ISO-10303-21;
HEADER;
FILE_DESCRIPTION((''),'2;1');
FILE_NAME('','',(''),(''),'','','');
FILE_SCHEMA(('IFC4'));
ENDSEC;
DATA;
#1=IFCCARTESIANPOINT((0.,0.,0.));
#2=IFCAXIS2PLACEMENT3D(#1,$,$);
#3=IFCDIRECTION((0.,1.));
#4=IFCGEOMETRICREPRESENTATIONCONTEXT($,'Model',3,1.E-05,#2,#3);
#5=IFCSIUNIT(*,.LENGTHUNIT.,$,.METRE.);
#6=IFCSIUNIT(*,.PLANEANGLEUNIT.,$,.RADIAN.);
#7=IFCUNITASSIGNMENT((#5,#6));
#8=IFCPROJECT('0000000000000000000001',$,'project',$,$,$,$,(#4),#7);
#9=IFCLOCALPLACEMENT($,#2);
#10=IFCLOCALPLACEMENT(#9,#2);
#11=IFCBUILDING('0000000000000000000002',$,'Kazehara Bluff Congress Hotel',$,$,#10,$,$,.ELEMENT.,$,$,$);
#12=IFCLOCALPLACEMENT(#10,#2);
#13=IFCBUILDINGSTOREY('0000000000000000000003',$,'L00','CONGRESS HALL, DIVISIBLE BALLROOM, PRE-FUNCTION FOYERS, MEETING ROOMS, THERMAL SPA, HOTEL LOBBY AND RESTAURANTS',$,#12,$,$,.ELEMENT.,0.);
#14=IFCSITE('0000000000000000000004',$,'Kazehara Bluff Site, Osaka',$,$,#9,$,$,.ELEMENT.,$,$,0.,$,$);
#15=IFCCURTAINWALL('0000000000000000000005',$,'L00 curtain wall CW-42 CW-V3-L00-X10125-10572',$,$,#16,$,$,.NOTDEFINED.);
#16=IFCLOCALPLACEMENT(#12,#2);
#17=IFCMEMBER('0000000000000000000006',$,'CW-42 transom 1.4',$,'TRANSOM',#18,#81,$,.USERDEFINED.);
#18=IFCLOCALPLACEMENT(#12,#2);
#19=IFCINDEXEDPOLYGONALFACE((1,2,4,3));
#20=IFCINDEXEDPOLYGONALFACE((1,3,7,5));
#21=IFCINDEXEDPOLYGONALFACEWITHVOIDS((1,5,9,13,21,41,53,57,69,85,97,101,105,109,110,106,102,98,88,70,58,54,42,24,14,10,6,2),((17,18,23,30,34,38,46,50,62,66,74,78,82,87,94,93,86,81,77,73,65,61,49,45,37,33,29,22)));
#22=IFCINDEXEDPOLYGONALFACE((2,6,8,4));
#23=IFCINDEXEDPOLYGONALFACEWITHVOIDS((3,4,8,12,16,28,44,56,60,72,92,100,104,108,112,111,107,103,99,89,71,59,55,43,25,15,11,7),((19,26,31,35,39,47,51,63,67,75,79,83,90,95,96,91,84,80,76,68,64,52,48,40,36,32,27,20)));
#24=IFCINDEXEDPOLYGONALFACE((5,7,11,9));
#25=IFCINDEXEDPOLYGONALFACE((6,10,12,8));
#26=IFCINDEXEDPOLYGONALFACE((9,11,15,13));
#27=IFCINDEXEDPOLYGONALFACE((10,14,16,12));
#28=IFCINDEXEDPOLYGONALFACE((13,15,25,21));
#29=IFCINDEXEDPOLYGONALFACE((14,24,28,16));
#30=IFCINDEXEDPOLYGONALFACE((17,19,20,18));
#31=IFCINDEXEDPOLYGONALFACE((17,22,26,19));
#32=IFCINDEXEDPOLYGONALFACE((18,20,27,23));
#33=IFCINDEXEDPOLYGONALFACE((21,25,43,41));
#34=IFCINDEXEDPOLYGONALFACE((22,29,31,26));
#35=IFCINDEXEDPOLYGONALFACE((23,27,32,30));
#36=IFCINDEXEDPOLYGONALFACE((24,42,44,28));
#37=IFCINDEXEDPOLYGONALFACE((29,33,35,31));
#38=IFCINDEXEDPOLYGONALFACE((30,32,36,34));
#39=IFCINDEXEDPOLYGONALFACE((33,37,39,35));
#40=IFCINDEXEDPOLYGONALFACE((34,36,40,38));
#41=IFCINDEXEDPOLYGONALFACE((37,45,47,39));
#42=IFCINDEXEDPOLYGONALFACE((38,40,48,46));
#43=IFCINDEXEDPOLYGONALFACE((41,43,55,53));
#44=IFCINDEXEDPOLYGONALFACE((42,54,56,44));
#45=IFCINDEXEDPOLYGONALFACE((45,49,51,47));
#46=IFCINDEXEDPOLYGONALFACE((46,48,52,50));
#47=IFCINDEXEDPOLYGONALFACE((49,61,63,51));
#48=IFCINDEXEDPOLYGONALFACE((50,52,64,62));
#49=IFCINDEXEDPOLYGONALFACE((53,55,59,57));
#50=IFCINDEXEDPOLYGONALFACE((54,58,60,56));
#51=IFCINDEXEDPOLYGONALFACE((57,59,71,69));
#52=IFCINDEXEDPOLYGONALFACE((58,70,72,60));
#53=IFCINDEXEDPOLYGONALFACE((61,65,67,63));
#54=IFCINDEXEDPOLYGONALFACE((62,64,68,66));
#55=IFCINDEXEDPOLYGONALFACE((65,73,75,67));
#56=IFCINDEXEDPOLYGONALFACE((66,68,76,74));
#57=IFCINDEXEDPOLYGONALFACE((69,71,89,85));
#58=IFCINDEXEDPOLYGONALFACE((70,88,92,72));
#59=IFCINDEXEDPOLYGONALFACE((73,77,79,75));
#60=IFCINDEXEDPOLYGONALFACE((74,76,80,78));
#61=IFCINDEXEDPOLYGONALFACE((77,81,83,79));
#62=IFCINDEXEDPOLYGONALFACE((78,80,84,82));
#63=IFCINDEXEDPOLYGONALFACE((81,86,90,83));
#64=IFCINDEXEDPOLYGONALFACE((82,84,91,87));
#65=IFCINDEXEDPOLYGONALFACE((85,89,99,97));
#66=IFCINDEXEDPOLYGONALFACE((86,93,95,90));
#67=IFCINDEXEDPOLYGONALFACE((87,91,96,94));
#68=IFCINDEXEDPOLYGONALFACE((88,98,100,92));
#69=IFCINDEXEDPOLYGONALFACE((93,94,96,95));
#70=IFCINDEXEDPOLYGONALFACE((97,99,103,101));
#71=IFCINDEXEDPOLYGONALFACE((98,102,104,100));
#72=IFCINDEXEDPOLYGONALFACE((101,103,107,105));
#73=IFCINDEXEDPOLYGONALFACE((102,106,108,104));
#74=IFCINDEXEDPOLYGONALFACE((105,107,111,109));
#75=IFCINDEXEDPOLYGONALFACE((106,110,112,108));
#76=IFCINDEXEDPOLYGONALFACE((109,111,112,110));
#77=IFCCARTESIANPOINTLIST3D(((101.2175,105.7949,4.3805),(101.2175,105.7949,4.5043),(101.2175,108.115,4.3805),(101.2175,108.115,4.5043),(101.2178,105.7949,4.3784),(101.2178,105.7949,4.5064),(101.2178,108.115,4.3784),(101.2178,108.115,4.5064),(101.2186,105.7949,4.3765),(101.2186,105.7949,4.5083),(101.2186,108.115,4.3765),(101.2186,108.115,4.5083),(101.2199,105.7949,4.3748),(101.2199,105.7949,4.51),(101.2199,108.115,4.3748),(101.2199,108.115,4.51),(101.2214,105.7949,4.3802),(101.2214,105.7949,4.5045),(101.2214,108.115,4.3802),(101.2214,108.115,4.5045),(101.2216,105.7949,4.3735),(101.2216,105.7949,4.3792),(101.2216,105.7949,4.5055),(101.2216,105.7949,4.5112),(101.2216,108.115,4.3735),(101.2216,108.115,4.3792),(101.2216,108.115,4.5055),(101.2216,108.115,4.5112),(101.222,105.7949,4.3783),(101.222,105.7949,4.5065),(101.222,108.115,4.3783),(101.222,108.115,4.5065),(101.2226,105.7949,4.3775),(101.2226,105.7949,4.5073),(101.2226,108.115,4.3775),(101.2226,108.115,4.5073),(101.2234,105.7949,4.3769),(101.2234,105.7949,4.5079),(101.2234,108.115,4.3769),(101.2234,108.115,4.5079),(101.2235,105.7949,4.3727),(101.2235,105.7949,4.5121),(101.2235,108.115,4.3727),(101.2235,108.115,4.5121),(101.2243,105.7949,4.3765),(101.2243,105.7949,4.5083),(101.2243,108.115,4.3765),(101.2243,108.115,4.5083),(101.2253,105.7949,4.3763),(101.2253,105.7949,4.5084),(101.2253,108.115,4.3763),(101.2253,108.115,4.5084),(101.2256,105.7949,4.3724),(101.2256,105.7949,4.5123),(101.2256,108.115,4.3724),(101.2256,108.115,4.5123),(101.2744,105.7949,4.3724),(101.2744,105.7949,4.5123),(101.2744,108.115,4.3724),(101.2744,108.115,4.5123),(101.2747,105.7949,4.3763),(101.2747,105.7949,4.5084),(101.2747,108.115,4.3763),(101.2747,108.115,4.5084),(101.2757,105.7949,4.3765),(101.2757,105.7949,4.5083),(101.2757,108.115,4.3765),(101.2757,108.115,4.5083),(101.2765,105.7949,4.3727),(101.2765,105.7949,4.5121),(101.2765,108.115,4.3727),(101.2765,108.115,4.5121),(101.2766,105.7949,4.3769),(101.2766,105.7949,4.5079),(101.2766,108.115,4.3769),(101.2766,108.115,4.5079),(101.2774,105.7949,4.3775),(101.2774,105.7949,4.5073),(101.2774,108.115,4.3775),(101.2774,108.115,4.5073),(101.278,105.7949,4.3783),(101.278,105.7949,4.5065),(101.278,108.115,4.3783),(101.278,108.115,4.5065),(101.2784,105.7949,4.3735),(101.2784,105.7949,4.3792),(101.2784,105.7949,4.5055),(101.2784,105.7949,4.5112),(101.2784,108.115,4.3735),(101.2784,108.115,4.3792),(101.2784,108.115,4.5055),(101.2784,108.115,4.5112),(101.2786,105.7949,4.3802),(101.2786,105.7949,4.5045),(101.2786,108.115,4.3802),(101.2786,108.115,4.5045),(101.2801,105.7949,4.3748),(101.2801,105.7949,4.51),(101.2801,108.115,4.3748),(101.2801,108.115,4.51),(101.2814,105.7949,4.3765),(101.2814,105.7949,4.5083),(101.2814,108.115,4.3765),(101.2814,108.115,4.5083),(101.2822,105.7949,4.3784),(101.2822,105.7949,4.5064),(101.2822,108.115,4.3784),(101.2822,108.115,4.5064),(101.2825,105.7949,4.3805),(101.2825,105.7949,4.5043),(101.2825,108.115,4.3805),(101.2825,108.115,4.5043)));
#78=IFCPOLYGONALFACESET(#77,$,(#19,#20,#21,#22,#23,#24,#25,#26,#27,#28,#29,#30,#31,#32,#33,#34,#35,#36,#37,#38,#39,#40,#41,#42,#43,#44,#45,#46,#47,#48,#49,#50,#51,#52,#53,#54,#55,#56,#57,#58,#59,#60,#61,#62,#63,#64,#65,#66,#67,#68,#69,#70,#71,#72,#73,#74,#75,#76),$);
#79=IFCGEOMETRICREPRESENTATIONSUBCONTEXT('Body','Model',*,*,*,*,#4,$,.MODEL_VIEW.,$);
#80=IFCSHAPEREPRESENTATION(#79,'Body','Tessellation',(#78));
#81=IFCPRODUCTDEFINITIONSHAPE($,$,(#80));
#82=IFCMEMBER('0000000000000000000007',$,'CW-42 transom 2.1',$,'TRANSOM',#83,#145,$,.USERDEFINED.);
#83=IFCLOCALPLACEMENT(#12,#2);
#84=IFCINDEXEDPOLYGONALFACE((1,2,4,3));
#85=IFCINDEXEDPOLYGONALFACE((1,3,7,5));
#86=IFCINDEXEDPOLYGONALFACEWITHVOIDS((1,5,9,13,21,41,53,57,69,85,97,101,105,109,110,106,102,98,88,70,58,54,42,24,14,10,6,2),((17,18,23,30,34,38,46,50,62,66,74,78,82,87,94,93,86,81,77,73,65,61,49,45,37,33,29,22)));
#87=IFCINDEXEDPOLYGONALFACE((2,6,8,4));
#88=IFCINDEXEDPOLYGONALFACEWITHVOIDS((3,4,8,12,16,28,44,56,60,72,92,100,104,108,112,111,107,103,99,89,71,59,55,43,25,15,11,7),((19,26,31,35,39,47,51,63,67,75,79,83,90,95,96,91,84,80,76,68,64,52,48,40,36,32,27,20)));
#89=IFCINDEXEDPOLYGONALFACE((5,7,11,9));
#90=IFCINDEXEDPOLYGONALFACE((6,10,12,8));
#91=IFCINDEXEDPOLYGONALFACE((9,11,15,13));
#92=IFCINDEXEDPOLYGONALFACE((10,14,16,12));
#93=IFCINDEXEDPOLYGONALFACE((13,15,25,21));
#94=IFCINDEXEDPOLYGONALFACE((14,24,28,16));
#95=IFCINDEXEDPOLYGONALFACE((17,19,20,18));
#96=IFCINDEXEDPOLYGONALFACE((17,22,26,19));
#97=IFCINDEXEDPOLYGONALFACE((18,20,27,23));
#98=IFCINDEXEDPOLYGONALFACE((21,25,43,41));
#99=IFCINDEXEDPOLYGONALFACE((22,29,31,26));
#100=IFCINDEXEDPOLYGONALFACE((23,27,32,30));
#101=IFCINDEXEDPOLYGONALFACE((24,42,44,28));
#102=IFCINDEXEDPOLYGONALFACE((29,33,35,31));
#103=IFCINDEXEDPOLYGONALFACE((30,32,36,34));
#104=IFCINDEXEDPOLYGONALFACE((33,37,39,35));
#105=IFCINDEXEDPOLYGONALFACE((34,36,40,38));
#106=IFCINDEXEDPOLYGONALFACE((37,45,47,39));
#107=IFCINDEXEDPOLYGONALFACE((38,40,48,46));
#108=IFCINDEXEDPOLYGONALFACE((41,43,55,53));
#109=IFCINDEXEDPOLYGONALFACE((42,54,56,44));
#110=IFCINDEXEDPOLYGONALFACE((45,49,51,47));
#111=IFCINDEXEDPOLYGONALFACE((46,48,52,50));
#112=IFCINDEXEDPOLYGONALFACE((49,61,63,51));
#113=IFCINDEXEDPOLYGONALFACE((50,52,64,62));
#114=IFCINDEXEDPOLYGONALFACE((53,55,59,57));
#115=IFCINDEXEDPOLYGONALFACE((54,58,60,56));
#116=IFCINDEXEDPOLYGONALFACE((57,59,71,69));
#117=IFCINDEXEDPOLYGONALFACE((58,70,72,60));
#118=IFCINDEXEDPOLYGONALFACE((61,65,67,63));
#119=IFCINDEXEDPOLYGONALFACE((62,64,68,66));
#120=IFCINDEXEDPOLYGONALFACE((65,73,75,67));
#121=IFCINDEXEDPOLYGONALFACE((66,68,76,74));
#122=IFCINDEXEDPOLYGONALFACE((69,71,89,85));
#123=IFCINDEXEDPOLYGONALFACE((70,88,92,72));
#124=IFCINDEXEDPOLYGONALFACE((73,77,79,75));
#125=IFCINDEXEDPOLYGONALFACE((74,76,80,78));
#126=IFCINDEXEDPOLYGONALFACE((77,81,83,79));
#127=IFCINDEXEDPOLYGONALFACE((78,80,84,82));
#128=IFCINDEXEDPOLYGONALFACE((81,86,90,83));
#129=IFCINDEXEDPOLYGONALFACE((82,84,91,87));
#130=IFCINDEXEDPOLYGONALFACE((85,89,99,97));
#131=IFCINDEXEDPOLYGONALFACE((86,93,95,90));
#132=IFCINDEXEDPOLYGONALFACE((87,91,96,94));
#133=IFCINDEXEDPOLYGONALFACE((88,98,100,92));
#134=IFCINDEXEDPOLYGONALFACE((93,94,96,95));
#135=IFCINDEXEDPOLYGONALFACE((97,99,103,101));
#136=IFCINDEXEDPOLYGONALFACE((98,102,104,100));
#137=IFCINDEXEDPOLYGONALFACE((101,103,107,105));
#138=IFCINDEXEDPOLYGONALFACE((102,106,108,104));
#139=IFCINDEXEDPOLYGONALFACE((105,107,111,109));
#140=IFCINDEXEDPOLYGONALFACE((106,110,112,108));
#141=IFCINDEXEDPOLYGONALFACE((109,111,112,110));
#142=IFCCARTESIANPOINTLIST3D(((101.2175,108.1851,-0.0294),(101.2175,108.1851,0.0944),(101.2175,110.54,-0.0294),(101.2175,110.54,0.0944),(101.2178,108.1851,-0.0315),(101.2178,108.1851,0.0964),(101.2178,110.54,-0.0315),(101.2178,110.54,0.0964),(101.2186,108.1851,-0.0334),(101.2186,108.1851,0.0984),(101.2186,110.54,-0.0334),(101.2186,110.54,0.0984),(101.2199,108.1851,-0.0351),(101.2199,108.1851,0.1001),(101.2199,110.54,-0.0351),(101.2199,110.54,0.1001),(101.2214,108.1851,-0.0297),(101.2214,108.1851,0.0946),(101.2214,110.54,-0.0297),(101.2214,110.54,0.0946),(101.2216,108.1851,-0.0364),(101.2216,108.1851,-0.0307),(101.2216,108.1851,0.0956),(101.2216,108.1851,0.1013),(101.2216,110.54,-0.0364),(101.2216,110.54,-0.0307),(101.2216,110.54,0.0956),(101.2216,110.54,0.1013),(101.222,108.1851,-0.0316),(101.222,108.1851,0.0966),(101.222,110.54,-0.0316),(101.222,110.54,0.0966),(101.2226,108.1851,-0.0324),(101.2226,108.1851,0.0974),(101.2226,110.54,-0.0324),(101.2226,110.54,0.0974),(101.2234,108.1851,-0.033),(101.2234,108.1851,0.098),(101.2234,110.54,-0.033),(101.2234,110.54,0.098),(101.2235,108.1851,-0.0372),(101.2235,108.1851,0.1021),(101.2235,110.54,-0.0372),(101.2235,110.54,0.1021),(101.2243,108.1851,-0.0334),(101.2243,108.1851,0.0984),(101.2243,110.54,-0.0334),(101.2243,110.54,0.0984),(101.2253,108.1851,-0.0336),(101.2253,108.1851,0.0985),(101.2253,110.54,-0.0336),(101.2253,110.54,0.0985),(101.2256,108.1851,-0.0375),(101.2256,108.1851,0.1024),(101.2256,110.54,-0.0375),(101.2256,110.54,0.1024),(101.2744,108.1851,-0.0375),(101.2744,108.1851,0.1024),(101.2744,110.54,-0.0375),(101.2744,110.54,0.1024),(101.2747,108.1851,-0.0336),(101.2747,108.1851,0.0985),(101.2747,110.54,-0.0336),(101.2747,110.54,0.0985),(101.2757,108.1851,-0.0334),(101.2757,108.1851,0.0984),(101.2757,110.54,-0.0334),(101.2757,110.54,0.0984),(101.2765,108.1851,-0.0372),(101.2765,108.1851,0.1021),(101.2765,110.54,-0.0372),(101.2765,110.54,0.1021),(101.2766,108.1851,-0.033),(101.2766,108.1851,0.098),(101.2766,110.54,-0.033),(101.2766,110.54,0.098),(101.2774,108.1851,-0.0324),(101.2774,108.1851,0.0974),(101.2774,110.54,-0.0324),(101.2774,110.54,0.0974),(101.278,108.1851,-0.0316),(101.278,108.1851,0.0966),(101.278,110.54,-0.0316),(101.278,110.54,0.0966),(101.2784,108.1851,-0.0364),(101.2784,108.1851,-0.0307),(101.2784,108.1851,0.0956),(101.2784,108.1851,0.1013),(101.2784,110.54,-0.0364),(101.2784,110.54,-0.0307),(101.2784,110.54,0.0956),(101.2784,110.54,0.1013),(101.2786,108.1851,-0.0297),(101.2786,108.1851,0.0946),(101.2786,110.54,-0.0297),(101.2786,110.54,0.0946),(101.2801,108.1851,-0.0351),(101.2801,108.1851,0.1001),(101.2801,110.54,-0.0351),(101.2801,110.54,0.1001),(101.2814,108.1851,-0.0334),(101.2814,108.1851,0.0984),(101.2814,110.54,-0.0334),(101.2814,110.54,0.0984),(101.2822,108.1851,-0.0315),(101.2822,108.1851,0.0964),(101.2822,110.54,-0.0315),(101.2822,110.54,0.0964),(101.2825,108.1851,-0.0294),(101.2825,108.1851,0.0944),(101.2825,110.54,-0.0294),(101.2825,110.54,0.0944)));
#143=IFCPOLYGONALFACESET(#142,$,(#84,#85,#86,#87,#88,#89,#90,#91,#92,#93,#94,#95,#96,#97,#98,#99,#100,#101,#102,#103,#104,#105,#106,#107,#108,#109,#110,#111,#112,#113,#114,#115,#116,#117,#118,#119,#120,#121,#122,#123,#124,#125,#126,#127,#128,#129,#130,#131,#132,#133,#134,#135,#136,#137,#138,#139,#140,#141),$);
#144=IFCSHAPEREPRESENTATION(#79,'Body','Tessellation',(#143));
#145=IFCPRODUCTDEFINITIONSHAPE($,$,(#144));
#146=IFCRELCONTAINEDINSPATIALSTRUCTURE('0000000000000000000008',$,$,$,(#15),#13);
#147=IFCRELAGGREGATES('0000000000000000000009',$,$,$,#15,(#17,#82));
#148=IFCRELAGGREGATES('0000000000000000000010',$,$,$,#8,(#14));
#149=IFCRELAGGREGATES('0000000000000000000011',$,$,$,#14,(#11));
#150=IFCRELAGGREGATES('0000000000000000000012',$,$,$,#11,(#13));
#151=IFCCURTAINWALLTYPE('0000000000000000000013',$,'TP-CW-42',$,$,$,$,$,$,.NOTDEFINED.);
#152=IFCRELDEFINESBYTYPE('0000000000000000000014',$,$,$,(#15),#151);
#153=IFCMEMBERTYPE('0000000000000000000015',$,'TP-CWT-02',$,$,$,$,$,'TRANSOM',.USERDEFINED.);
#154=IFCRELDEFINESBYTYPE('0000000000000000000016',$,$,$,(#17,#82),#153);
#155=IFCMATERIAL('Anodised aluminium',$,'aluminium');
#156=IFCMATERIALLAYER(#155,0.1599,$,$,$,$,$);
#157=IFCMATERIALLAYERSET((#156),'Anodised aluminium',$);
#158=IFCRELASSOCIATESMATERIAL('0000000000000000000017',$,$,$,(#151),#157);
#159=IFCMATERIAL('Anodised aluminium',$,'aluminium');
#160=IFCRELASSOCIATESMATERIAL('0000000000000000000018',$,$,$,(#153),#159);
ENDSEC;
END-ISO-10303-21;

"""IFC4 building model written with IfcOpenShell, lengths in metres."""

from ifc_helpers import new_model, si_unit, direction, frame, origin, origin_2d, place, context, subcontext, project, spatial, hollow_rectangle, extrude, material, layer, layer_set, material_profile, profile_set, type_object, element, aggregate, save


model = new_model("IFC4")

# Units and contexts
model_context = context("Model", 3, precision=1e-05, world=origin(), true_north=direction((0.0, 1.0)))
body_context = subcontext(model_context, "Body", "Model", "MODEL_VIEW")
ifc_project = project(units=[si_unit("LENGTHUNIT", "METRE"), si_unit("PLANEANGLEUNIT", "RADIAN")], contexts=[model_context])

# Site, building, storey
site_placement = place(None, origin())
site = spatial("IfcSite", under=ifc_project, at=site_placement, Name="Kazehara Bluff Site, Osaka", CompositionType="ELEMENT", RefElevation=0.0)
building_placement = place(site_placement, origin())
building = spatial("IfcBuilding", under=site, at=building_placement, Name="Kazehara Bluff Congress Hotel", CompositionType="ELEMENT")
storey_placement = place(building_placement, origin())
storey = spatial("IfcBuildingStorey", under=building, at=storey_placement, Name="L00", Description="CONGRESS HALL, DIVISIBLE BALLROOM, PRE-FUNCTION FOYERS, MEETING ROOMS, THERMAL SPA, HOTEL LOBBY AND RESTAURANTS", CompositionType="ELEMENT", Elevation=0.0)

# Curtain wall
ifc_material_1 = material(Name="Anodised aluminium", Category="aluminium")
ifc_layer_1 = layer(ifc_material_1, 0.1599)
ifc_layer_set_1 = layer_set([ifc_layer_1], Name="Anodised aluminium")
curtain_wall_type_1 = type_object("IfcCurtainWallType", Name="TP-CW-42", PredefinedType="NOTDEFINED", material=ifc_layer_set_1)
curtain_wall_1_placement = place(storey_placement, origin())
curtain_wall_1 = element("IfcCurtainWall", 1, at=curtain_wall_1_placement, inside=storey, type_object=curtain_wall_type_1, Name="L00 curtain wall CW-42 CW-V3-L00-X10125-10572", PredefinedType="NOTDEFINED")

# Members
ifc_material_2 = material(Name="Anodised aluminium", Category="aluminium")
ifc_material_profile_1 = material_profile(ifc_material_2, hollow_rectangle(XDim=0.0649, YDim=0.1399, WallThickness=0.0039, InnerFilletRadius=0.0039, OuterFilletRadius=0.0081, at=origin_2d()))
ifc_profile_set_1 = profile_set([ifc_material_profile_1], Name="Anodised aluminium")
member_type_1 = type_object("IfcMemberType", Name="TP-CWT-02", ElementType="TRANSOM", PredefinedType="USERDEFINED", material=ifc_profile_set_1)
member_1_placement = place(storey_placement, frame((101.25, 105.7949, 4.4424), z_axis=(0.0, 1.0, 0.0), x_axis=(-1.0, 0.0, 0.0)))
member_1 = element("IfcMember", 2, at=member_1_placement, type_object=member_type_1, Name="CW-42 transom 1.4", ObjectType="TRANSOM", PredefinedType="USERDEFINED", context=body_context, shape_type="SweptSolid", body=[
    extrude(hollow_rectangle(XDim=0.0649, YDim=0.1399, WallThickness=0.0039, InnerFilletRadius=0.0039, OuterFilletRadius=0.0081, at=origin_2d()), origin(), (0.0, 0.0, 1.0), 2.3201),
])
member_2_placement = place(storey_placement, frame((101.25, 108.1851, 0.0325), z_axis=(0.0, 1.0, 0.0), x_axis=(-1.0, 0.0, 0.0)))
member_2 = element("IfcMember", 3, at=member_2_placement, type_object=member_type_1, Name="CW-42 transom 2.1", ObjectType="TRANSOM", PredefinedType="USERDEFINED", context=body_context, shape_type="SweptSolid", body=[
    extrude(hollow_rectangle(XDim=0.0649, YDim=0.1399, WallThickness=0.0039, InnerFilletRadius=0.0039, OuterFilletRadius=0.0081, at=origin_2d()), origin(), (0.0, 0.0, 1.0), 2.355),
])

aggregate(curtain_wall_1, [member_1, member_2])

save(model, "model.ifc")
